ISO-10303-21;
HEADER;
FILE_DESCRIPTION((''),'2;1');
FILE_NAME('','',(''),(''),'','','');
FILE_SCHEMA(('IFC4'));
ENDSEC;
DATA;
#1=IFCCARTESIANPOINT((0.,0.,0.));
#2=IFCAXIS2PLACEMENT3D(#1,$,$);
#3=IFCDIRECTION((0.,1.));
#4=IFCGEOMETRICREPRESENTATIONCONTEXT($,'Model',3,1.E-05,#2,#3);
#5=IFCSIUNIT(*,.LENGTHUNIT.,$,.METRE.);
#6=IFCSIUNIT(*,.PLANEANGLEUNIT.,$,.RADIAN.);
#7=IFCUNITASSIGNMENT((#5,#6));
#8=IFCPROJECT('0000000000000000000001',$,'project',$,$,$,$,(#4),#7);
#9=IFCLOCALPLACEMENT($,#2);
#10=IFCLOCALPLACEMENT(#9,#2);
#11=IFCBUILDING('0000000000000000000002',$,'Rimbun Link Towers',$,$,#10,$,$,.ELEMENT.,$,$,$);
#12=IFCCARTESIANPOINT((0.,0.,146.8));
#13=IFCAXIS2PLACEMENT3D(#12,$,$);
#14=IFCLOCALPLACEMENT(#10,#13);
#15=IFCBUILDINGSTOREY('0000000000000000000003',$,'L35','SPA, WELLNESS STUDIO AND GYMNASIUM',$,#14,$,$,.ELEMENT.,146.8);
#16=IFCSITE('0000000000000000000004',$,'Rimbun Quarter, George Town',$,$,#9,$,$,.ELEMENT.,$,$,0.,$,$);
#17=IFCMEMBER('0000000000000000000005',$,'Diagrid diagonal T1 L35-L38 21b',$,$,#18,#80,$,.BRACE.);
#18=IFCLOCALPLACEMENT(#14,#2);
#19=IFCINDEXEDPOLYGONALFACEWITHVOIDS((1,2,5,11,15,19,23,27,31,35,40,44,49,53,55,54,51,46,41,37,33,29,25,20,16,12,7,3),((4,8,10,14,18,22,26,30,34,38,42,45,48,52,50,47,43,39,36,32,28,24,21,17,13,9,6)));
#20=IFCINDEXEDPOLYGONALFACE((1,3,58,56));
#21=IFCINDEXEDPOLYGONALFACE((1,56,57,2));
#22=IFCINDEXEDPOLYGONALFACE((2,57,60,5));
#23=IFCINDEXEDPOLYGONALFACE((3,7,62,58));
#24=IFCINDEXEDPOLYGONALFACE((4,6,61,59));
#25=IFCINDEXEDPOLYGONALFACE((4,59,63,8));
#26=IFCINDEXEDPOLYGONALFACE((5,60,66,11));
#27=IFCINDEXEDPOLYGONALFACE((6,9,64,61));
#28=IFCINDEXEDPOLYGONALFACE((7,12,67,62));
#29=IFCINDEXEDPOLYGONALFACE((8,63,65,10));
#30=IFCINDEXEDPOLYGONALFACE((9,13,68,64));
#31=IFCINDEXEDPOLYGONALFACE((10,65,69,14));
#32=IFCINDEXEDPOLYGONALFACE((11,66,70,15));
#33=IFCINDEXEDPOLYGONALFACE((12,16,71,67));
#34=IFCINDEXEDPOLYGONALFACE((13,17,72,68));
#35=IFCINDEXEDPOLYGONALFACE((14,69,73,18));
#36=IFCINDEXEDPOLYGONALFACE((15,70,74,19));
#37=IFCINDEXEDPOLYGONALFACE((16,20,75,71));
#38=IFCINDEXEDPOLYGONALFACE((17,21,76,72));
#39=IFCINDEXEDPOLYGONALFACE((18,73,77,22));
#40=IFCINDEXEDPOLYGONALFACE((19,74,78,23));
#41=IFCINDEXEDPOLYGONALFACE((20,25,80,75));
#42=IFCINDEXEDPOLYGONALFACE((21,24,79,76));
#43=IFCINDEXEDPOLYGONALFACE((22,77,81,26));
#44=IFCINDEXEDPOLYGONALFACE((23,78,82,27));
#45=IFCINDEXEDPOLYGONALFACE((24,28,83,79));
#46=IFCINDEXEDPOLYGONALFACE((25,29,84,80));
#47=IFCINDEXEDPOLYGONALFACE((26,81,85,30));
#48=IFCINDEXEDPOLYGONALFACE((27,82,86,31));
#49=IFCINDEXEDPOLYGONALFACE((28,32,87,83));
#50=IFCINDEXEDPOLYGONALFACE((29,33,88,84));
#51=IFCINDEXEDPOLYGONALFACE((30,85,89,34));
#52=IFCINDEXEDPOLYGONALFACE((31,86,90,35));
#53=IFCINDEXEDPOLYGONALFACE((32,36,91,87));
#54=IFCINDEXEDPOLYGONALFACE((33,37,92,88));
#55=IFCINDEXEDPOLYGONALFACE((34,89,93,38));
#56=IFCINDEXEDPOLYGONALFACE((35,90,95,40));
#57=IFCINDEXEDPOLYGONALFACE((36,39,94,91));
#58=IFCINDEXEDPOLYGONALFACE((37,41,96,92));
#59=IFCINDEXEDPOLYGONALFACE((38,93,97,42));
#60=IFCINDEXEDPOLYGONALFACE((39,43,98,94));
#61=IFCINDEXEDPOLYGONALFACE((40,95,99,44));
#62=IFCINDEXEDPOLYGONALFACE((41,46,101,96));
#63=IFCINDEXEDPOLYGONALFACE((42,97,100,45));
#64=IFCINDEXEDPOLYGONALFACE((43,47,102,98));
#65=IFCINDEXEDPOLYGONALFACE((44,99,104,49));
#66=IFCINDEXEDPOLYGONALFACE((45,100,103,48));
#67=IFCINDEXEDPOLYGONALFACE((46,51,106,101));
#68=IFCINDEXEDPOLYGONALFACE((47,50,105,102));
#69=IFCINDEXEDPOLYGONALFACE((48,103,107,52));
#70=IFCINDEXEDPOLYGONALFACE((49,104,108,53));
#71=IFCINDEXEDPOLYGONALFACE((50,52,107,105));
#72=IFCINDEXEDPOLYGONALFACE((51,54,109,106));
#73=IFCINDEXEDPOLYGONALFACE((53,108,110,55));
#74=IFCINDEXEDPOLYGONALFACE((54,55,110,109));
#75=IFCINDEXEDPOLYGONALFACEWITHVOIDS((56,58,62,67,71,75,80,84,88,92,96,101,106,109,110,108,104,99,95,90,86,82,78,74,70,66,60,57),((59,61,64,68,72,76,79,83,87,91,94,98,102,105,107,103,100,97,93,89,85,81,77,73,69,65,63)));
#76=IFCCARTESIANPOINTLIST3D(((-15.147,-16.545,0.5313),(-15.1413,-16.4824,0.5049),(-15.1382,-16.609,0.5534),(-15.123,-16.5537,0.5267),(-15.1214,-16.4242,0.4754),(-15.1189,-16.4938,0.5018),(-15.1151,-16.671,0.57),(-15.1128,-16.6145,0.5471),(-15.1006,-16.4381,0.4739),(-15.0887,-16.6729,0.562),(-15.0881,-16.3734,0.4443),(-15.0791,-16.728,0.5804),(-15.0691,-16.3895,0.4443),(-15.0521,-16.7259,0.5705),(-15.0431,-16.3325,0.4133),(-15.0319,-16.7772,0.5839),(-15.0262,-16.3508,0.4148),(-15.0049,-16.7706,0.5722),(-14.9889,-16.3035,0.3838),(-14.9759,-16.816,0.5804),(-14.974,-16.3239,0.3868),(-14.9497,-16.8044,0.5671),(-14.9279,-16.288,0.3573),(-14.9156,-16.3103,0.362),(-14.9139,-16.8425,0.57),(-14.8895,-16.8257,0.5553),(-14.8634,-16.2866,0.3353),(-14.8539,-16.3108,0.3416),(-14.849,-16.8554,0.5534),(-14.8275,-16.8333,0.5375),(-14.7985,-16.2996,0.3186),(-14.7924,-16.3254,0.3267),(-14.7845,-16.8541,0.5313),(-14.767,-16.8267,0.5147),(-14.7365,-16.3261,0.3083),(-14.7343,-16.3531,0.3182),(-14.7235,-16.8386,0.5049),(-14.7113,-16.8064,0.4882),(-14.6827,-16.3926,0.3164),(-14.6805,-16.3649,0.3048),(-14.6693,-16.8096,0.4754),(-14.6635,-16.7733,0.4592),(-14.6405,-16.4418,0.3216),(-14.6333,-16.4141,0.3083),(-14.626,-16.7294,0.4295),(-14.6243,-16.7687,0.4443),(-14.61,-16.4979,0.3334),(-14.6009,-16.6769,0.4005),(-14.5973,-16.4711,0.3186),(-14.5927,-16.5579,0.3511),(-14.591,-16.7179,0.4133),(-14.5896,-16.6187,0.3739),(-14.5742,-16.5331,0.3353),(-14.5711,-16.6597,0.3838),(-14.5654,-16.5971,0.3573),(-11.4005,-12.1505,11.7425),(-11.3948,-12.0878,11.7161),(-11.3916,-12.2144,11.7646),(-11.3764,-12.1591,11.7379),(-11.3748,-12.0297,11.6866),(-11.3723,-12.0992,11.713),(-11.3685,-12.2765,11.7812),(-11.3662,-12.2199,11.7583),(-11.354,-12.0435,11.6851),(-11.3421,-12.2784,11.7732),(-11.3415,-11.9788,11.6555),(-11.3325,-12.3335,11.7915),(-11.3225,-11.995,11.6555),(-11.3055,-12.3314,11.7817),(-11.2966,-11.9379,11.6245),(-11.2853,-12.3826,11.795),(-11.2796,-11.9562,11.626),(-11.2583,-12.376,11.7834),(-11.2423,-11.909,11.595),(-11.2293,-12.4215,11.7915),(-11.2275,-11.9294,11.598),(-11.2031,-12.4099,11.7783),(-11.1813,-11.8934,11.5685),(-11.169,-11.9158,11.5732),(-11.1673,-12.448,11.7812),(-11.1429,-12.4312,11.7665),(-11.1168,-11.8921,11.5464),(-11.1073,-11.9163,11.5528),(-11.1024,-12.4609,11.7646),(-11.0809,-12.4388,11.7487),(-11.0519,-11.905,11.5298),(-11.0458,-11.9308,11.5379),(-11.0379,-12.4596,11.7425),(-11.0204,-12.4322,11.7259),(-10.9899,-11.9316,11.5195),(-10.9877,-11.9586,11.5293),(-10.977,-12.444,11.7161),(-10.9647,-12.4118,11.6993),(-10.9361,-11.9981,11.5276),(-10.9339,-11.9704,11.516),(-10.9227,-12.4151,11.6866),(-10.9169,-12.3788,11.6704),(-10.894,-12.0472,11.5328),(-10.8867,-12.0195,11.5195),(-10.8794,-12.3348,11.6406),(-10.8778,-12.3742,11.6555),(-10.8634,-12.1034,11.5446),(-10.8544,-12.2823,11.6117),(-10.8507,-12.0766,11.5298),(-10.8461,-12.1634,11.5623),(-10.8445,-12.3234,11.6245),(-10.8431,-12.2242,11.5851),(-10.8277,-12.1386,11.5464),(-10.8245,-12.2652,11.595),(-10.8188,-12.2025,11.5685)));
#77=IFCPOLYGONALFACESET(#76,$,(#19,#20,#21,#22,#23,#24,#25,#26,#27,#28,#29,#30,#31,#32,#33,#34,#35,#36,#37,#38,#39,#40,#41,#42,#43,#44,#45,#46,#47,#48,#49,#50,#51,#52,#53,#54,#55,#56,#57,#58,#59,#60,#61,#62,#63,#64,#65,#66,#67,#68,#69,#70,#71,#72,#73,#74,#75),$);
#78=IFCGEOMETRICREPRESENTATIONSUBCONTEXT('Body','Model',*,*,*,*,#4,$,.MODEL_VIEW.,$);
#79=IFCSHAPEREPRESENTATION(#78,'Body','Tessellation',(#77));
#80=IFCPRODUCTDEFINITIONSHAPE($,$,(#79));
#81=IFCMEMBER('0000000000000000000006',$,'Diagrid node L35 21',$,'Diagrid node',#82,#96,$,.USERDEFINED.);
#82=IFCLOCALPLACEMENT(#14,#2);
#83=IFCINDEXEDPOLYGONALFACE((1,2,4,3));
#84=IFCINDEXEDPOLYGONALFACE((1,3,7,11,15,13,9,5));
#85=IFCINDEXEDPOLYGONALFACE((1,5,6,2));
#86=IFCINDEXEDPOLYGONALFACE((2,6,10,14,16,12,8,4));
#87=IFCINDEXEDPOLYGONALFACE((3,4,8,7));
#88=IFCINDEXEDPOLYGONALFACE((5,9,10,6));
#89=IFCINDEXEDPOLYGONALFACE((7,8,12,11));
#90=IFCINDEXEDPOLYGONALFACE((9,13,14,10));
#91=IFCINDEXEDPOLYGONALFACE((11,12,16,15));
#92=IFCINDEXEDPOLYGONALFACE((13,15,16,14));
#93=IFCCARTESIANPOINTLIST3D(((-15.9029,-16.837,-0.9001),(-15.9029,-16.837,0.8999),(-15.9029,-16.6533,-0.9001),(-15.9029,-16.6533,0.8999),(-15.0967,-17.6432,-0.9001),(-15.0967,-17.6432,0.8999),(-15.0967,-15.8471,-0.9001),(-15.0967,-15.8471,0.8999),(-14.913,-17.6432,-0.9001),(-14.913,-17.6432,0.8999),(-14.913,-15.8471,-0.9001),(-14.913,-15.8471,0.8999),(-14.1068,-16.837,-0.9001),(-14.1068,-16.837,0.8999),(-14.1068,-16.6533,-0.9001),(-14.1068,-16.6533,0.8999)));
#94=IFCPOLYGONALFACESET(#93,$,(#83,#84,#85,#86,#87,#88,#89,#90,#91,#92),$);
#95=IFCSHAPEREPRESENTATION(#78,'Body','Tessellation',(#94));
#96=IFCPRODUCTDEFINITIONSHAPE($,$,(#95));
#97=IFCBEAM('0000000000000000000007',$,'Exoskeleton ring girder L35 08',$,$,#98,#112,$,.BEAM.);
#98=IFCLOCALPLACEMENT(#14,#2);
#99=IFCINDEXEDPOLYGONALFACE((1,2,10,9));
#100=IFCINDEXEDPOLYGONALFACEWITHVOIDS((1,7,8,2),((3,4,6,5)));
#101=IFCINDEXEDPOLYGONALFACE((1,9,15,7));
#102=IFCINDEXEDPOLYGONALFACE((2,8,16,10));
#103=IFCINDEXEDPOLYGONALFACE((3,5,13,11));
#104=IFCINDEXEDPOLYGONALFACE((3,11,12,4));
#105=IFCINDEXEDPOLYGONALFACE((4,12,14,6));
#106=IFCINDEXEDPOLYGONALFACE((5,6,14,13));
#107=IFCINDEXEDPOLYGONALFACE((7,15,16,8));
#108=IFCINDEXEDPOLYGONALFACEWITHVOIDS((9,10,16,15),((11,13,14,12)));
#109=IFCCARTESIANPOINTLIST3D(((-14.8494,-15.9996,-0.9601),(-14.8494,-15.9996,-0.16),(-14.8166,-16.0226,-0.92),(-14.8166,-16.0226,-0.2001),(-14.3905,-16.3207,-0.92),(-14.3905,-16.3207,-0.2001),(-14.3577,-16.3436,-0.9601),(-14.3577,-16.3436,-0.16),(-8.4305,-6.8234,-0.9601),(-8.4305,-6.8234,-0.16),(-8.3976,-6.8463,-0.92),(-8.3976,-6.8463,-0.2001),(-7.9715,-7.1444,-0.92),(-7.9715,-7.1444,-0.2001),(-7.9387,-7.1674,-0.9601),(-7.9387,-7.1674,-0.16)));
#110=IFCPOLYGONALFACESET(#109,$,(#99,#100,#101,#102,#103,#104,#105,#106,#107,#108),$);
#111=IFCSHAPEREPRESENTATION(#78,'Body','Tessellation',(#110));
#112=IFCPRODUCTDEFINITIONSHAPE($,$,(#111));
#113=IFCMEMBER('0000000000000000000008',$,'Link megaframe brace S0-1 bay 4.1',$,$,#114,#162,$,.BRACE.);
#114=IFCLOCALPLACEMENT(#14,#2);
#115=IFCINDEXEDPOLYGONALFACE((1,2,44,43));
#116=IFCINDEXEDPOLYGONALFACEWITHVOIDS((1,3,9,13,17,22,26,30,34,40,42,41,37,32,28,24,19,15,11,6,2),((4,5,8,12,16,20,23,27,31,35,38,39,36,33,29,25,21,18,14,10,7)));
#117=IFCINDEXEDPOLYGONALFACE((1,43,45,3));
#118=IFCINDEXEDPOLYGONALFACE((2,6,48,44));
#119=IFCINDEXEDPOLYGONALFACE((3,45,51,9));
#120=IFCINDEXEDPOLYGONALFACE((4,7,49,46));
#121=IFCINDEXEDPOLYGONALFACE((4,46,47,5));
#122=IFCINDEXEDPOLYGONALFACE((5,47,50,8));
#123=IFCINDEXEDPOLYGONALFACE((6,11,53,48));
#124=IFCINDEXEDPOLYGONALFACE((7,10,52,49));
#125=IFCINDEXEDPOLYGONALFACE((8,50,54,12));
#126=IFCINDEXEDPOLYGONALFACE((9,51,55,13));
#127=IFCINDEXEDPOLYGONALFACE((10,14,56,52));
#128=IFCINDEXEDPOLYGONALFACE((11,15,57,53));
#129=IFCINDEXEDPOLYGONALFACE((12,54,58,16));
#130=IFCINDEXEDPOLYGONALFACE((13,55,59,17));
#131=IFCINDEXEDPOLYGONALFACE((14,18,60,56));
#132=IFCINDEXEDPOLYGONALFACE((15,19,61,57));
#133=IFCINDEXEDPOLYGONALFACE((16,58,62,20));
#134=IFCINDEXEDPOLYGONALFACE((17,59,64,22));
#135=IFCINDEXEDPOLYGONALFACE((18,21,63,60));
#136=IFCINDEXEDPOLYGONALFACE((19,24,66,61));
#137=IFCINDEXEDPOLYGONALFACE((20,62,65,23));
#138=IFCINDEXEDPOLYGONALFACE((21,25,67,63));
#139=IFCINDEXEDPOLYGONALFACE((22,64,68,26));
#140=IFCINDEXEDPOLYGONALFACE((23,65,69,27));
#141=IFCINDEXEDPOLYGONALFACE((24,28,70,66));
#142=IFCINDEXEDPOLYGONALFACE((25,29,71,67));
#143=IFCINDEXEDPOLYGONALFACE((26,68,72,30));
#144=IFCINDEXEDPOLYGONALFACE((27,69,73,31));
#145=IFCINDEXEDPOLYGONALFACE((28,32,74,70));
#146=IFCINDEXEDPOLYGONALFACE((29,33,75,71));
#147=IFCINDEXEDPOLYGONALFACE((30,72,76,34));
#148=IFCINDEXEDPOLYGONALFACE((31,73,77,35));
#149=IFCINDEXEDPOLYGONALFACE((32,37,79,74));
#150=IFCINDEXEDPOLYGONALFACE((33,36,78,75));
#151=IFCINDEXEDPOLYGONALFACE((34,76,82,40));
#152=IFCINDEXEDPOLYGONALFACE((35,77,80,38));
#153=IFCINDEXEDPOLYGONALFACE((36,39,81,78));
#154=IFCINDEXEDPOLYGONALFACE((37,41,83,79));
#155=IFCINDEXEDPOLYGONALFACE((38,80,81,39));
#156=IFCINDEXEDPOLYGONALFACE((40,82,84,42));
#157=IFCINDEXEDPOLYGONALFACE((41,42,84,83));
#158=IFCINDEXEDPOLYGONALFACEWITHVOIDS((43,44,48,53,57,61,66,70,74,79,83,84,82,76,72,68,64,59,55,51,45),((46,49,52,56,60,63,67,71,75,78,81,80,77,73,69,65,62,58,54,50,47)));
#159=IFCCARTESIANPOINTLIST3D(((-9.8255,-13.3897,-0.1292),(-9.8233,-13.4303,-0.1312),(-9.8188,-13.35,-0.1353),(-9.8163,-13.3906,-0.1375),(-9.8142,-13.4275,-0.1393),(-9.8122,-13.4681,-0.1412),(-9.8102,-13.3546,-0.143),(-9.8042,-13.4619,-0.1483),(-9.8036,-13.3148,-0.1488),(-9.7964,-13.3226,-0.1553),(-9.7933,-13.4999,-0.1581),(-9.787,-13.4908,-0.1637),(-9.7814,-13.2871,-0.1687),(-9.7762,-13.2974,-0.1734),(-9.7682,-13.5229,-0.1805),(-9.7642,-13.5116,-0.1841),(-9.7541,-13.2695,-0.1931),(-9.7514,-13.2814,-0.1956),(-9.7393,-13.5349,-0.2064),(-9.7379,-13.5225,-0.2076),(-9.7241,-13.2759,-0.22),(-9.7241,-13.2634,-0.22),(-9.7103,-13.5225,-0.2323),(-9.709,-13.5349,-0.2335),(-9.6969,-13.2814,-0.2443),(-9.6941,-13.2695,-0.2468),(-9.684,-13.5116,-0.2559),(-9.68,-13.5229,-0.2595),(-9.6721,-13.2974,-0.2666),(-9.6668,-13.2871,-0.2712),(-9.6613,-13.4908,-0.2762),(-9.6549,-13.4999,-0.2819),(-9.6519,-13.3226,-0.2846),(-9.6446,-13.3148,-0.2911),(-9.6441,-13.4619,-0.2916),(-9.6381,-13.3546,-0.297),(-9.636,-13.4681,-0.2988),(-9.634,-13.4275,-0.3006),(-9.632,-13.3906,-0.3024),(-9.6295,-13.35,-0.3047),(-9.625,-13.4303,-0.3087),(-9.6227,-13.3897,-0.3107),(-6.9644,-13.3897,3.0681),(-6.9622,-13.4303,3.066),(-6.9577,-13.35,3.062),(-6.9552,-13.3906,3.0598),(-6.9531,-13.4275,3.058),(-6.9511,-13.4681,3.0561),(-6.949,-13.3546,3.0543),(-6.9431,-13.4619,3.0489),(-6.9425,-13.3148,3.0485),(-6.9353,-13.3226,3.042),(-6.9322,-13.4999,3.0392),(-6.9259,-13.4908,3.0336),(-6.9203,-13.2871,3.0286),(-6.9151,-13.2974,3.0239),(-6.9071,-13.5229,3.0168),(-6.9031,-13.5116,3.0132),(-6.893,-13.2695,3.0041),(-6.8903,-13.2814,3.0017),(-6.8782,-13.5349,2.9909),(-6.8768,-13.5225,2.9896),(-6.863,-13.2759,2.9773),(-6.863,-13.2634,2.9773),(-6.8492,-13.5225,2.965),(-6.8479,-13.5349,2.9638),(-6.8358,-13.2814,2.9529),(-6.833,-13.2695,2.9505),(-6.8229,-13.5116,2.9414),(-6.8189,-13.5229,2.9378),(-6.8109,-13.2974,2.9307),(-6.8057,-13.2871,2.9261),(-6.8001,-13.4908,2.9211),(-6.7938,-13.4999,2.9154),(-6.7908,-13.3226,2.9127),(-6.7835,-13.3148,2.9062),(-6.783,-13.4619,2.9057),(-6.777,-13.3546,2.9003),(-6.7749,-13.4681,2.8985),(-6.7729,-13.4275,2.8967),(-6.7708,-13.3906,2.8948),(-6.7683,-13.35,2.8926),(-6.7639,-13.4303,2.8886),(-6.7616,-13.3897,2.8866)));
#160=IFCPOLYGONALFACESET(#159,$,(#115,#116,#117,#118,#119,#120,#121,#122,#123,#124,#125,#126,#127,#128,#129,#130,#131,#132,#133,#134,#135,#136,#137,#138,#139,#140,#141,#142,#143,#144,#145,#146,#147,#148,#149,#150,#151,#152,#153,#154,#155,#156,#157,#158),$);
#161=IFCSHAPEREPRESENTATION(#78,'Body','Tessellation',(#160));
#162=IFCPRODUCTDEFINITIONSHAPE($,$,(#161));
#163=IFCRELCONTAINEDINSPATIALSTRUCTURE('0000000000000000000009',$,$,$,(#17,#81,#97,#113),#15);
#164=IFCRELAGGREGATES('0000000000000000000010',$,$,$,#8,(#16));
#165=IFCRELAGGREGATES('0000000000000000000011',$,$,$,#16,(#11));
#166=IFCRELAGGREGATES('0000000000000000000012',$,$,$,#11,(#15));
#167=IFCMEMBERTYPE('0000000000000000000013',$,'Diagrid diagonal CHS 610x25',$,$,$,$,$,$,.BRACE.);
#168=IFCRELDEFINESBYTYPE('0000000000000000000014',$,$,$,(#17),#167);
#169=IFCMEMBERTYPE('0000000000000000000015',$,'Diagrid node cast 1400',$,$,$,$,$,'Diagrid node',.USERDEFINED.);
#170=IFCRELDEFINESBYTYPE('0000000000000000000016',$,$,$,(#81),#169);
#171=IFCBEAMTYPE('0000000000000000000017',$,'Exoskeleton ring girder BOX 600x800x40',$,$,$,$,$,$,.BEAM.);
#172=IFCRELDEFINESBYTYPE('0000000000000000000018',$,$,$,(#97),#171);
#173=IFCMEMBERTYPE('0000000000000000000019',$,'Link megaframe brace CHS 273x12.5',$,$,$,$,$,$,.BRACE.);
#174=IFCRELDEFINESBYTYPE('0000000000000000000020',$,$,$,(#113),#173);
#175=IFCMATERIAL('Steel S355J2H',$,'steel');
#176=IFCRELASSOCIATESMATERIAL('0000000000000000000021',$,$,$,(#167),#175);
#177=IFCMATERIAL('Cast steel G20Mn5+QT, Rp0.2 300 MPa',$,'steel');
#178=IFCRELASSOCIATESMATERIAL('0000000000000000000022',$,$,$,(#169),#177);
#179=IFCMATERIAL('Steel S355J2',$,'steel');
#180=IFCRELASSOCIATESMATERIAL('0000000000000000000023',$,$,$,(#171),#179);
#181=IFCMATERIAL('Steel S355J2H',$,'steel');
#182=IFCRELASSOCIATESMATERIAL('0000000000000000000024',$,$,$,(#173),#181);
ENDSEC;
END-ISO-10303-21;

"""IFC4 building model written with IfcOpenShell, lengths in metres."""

from ifc_helpers import new_model, si_unit, direction, frame, origin, origin_2d, place, context, subcontext, project, spatial, polyline, hollow_rectangle, hollow_circle, outline, extrude, material, material_profile, profile_set, type_object, element, save


model = new_model("IFC4")

# Units and contexts
model_context = context("Model", 3, precision=1e-05, world=origin(), true_north=direction((0.0, 1.0)))
body_context = subcontext(model_context, "Body", "Model", "MODEL_VIEW")
ifc_project = project(units=[si_unit("LENGTHUNIT", "METRE"), si_unit("PLANEANGLEUNIT", "RADIAN")], contexts=[model_context])

# Site, building, storey
site_placement = place(None, origin())
site = spatial("IfcSite", under=ifc_project, at=site_placement, Name="Rimbun Quarter, George Town", CompositionType="ELEMENT", RefElevation=0.0)
building_placement = place(site_placement, origin())
building = spatial("IfcBuilding", under=site, at=building_placement, Name="Rimbun Link Towers", CompositionType="ELEMENT")
storey_placement = place(building_placement, frame((0.0, 0.0, 146.8)))
storey = spatial("IfcBuildingStorey", under=building, at=storey_placement, Name="L35", Description="SPA, WELLNESS STUDIO AND GYMNASIUM", CompositionType="ELEMENT", Elevation=146.8)

# Members
ifc_material_1 = material(Name="Steel S355J2H", Category="steel")
ifc_material_profile_1 = material_profile(ifc_material_1, hollow_circle(Radius=0.3047, WallThickness=0.0249, at=origin_2d()), Name="Diagrid diagonal CHS 610x25")
ifc_profile_set_1 = profile_set([ifc_material_profile_1], Name="Steel S355J2H")
member_type_1 = type_object("IfcMemberType", Name="Diagrid diagonal CHS 610x25", PredefinedType="BRACE", material=ifc_profile_set_1)
member_1_placement = place(storey_placement, frame((-14.8562, -16.571, 0.4443), z_axis=(0.297086, 0.348466, 0.888994), x_axis=(-0.760979, 0.648777, 0.0)))
element("IfcMember", 1, at=member_1_placement, inside=storey, type_object=member_type_1, Name="Diagrid diagonal T1 L35-L38 21b", PredefinedType="BRACE", context=body_context, shape_type="SweptSolid", body=[
    extrude(hollow_circle(Radius=0.3047, WallThickness=0.0249, at=origin_2d()), origin(), (0.0, 0.0, 1.0), 12.6111),
])
ifc_material_2 = material(Name="Cast steel G20Mn5+QT, Rp0.2 300 MPa", Category="steel")
ifc_material_profile_2 = material_profile(ifc_material_2, outline(polyline([(0.7, -0.5701), (0.7, 0.5701), (0.5701, 0.7), (-0.5701, 0.7), (-0.7, 0.5701), (-0.7, -0.5701), (-0.5701, -0.7), (0.5701, -0.7), (0.7, -0.5701)])), Name="NODE 1400x1400")
ifc_profile_set_2 = profile_set([ifc_material_profile_2], Name="Cast steel G20Mn5+QT, Rp0.2 300 MPa")
member_type_2 = type_object("IfcMemberType", Name="Diagrid node cast 1400", ElementType="Diagrid node", PredefinedType="USERDEFINED", material=ifc_profile_set_2)
member_2_placement = place(storey_placement, frame((-15.0049, -16.7451, -0.9001), z_axis=(0.0, 0.0, 1.0), x_axis=(0.707107, -0.707107, 0.0)))
element("IfcMember", 2, at=member_2_placement, inside=storey, type_object=member_type_2, Name="Diagrid node L35 21", ObjectType="Diagrid node", PredefinedType="USERDEFINED", context=body_context, shape_type="SweptSolid", body=[
    extrude(outline(polyline([(0.7, -0.5701), (0.7, 0.5701), (0.5701, 0.7), (-0.5701, 0.7), (-0.7, 0.5701), (-0.7, -0.5701), (-0.5701, -0.7), (0.5701, -0.7), (0.7, -0.5701)])), origin(), (0.0, 0.0, 1.0), 1.8),
])

# Beam
ifc_material_3 = material(Name="Steel S355J2", Category="steel")
ifc_material_profile_3 = material_profile(ifc_material_3, hollow_rectangle(XDim=0.6001, YDim=0.8, WallThickness=0.04, at=origin_2d()), Name="Exoskeleton ring girder BOX 600x800x40")
ifc_profile_set_3 = profile_set([ifc_material_profile_3], Name="Steel S355J2")
beam_type_1 = type_object("IfcBeamType", Name="Exoskeleton ring girder BOX 600x800x40", PredefinedType="BEAM", material=ifc_profile_set_3)
beam_1_placement = place(storey_placement, frame((-14.6035, -16.1716, -0.5601), z_axis=(0.573196, 0.819418, 0.0), x_axis=(-0.819418, 0.573196, 0.0)))
element("IfcBeam", 3, at=beam_1_placement, inside=storey, type_object=beam_type_1, Name="Exoskeleton ring girder L35 08", PredefinedType="BEAM", context=body_context, shape_type="SweptSolid", body=[
    extrude(hollow_rectangle(XDim=0.6001, YDim=0.8, WallThickness=0.04, at=origin_2d()), origin(), (0.0, 0.0, 1.0), 11.1985),
])

# Member
ifc_material_4 = material(Name="Steel S355J2H", Category="steel")
ifc_material_profile_4 = material_profile(ifc_material_4, hollow_circle(Radius=0.1365, WallThickness=0.0125, at=origin_2d()), Name="CHS 273x12.5")
ifc_profile_set_4 = profile_set([ifc_material_profile_4], Name="Steel S355J2H")
member_type_3 = type_object("IfcMemberType", Name="Link megaframe brace CHS 273x12.5", PredefinedType="BRACE", material=ifc_profile_set_4)
member_3_placement = place(storey_placement, frame((-9.7241, -13.3999, -0.22), z_axis=(0.666843, 0.0, 0.745198), x_axis=(0.0, 1.0, 0.0)))
element("IfcMember", 4, at=member_3_placement, inside=storey, type_object=member_type_3, Name="Link megaframe brace S0-1 bay 4.1", PredefinedType="BRACE", context=body_context, shape_type="SweptSolid", body=[
    extrude(hollow_circle(Radius=0.1365, WallThickness=0.0125, at=origin_2d()), origin(), (0.0, 0.0, 1.0), 4.2905),
])

save(model, "model.ifc")
